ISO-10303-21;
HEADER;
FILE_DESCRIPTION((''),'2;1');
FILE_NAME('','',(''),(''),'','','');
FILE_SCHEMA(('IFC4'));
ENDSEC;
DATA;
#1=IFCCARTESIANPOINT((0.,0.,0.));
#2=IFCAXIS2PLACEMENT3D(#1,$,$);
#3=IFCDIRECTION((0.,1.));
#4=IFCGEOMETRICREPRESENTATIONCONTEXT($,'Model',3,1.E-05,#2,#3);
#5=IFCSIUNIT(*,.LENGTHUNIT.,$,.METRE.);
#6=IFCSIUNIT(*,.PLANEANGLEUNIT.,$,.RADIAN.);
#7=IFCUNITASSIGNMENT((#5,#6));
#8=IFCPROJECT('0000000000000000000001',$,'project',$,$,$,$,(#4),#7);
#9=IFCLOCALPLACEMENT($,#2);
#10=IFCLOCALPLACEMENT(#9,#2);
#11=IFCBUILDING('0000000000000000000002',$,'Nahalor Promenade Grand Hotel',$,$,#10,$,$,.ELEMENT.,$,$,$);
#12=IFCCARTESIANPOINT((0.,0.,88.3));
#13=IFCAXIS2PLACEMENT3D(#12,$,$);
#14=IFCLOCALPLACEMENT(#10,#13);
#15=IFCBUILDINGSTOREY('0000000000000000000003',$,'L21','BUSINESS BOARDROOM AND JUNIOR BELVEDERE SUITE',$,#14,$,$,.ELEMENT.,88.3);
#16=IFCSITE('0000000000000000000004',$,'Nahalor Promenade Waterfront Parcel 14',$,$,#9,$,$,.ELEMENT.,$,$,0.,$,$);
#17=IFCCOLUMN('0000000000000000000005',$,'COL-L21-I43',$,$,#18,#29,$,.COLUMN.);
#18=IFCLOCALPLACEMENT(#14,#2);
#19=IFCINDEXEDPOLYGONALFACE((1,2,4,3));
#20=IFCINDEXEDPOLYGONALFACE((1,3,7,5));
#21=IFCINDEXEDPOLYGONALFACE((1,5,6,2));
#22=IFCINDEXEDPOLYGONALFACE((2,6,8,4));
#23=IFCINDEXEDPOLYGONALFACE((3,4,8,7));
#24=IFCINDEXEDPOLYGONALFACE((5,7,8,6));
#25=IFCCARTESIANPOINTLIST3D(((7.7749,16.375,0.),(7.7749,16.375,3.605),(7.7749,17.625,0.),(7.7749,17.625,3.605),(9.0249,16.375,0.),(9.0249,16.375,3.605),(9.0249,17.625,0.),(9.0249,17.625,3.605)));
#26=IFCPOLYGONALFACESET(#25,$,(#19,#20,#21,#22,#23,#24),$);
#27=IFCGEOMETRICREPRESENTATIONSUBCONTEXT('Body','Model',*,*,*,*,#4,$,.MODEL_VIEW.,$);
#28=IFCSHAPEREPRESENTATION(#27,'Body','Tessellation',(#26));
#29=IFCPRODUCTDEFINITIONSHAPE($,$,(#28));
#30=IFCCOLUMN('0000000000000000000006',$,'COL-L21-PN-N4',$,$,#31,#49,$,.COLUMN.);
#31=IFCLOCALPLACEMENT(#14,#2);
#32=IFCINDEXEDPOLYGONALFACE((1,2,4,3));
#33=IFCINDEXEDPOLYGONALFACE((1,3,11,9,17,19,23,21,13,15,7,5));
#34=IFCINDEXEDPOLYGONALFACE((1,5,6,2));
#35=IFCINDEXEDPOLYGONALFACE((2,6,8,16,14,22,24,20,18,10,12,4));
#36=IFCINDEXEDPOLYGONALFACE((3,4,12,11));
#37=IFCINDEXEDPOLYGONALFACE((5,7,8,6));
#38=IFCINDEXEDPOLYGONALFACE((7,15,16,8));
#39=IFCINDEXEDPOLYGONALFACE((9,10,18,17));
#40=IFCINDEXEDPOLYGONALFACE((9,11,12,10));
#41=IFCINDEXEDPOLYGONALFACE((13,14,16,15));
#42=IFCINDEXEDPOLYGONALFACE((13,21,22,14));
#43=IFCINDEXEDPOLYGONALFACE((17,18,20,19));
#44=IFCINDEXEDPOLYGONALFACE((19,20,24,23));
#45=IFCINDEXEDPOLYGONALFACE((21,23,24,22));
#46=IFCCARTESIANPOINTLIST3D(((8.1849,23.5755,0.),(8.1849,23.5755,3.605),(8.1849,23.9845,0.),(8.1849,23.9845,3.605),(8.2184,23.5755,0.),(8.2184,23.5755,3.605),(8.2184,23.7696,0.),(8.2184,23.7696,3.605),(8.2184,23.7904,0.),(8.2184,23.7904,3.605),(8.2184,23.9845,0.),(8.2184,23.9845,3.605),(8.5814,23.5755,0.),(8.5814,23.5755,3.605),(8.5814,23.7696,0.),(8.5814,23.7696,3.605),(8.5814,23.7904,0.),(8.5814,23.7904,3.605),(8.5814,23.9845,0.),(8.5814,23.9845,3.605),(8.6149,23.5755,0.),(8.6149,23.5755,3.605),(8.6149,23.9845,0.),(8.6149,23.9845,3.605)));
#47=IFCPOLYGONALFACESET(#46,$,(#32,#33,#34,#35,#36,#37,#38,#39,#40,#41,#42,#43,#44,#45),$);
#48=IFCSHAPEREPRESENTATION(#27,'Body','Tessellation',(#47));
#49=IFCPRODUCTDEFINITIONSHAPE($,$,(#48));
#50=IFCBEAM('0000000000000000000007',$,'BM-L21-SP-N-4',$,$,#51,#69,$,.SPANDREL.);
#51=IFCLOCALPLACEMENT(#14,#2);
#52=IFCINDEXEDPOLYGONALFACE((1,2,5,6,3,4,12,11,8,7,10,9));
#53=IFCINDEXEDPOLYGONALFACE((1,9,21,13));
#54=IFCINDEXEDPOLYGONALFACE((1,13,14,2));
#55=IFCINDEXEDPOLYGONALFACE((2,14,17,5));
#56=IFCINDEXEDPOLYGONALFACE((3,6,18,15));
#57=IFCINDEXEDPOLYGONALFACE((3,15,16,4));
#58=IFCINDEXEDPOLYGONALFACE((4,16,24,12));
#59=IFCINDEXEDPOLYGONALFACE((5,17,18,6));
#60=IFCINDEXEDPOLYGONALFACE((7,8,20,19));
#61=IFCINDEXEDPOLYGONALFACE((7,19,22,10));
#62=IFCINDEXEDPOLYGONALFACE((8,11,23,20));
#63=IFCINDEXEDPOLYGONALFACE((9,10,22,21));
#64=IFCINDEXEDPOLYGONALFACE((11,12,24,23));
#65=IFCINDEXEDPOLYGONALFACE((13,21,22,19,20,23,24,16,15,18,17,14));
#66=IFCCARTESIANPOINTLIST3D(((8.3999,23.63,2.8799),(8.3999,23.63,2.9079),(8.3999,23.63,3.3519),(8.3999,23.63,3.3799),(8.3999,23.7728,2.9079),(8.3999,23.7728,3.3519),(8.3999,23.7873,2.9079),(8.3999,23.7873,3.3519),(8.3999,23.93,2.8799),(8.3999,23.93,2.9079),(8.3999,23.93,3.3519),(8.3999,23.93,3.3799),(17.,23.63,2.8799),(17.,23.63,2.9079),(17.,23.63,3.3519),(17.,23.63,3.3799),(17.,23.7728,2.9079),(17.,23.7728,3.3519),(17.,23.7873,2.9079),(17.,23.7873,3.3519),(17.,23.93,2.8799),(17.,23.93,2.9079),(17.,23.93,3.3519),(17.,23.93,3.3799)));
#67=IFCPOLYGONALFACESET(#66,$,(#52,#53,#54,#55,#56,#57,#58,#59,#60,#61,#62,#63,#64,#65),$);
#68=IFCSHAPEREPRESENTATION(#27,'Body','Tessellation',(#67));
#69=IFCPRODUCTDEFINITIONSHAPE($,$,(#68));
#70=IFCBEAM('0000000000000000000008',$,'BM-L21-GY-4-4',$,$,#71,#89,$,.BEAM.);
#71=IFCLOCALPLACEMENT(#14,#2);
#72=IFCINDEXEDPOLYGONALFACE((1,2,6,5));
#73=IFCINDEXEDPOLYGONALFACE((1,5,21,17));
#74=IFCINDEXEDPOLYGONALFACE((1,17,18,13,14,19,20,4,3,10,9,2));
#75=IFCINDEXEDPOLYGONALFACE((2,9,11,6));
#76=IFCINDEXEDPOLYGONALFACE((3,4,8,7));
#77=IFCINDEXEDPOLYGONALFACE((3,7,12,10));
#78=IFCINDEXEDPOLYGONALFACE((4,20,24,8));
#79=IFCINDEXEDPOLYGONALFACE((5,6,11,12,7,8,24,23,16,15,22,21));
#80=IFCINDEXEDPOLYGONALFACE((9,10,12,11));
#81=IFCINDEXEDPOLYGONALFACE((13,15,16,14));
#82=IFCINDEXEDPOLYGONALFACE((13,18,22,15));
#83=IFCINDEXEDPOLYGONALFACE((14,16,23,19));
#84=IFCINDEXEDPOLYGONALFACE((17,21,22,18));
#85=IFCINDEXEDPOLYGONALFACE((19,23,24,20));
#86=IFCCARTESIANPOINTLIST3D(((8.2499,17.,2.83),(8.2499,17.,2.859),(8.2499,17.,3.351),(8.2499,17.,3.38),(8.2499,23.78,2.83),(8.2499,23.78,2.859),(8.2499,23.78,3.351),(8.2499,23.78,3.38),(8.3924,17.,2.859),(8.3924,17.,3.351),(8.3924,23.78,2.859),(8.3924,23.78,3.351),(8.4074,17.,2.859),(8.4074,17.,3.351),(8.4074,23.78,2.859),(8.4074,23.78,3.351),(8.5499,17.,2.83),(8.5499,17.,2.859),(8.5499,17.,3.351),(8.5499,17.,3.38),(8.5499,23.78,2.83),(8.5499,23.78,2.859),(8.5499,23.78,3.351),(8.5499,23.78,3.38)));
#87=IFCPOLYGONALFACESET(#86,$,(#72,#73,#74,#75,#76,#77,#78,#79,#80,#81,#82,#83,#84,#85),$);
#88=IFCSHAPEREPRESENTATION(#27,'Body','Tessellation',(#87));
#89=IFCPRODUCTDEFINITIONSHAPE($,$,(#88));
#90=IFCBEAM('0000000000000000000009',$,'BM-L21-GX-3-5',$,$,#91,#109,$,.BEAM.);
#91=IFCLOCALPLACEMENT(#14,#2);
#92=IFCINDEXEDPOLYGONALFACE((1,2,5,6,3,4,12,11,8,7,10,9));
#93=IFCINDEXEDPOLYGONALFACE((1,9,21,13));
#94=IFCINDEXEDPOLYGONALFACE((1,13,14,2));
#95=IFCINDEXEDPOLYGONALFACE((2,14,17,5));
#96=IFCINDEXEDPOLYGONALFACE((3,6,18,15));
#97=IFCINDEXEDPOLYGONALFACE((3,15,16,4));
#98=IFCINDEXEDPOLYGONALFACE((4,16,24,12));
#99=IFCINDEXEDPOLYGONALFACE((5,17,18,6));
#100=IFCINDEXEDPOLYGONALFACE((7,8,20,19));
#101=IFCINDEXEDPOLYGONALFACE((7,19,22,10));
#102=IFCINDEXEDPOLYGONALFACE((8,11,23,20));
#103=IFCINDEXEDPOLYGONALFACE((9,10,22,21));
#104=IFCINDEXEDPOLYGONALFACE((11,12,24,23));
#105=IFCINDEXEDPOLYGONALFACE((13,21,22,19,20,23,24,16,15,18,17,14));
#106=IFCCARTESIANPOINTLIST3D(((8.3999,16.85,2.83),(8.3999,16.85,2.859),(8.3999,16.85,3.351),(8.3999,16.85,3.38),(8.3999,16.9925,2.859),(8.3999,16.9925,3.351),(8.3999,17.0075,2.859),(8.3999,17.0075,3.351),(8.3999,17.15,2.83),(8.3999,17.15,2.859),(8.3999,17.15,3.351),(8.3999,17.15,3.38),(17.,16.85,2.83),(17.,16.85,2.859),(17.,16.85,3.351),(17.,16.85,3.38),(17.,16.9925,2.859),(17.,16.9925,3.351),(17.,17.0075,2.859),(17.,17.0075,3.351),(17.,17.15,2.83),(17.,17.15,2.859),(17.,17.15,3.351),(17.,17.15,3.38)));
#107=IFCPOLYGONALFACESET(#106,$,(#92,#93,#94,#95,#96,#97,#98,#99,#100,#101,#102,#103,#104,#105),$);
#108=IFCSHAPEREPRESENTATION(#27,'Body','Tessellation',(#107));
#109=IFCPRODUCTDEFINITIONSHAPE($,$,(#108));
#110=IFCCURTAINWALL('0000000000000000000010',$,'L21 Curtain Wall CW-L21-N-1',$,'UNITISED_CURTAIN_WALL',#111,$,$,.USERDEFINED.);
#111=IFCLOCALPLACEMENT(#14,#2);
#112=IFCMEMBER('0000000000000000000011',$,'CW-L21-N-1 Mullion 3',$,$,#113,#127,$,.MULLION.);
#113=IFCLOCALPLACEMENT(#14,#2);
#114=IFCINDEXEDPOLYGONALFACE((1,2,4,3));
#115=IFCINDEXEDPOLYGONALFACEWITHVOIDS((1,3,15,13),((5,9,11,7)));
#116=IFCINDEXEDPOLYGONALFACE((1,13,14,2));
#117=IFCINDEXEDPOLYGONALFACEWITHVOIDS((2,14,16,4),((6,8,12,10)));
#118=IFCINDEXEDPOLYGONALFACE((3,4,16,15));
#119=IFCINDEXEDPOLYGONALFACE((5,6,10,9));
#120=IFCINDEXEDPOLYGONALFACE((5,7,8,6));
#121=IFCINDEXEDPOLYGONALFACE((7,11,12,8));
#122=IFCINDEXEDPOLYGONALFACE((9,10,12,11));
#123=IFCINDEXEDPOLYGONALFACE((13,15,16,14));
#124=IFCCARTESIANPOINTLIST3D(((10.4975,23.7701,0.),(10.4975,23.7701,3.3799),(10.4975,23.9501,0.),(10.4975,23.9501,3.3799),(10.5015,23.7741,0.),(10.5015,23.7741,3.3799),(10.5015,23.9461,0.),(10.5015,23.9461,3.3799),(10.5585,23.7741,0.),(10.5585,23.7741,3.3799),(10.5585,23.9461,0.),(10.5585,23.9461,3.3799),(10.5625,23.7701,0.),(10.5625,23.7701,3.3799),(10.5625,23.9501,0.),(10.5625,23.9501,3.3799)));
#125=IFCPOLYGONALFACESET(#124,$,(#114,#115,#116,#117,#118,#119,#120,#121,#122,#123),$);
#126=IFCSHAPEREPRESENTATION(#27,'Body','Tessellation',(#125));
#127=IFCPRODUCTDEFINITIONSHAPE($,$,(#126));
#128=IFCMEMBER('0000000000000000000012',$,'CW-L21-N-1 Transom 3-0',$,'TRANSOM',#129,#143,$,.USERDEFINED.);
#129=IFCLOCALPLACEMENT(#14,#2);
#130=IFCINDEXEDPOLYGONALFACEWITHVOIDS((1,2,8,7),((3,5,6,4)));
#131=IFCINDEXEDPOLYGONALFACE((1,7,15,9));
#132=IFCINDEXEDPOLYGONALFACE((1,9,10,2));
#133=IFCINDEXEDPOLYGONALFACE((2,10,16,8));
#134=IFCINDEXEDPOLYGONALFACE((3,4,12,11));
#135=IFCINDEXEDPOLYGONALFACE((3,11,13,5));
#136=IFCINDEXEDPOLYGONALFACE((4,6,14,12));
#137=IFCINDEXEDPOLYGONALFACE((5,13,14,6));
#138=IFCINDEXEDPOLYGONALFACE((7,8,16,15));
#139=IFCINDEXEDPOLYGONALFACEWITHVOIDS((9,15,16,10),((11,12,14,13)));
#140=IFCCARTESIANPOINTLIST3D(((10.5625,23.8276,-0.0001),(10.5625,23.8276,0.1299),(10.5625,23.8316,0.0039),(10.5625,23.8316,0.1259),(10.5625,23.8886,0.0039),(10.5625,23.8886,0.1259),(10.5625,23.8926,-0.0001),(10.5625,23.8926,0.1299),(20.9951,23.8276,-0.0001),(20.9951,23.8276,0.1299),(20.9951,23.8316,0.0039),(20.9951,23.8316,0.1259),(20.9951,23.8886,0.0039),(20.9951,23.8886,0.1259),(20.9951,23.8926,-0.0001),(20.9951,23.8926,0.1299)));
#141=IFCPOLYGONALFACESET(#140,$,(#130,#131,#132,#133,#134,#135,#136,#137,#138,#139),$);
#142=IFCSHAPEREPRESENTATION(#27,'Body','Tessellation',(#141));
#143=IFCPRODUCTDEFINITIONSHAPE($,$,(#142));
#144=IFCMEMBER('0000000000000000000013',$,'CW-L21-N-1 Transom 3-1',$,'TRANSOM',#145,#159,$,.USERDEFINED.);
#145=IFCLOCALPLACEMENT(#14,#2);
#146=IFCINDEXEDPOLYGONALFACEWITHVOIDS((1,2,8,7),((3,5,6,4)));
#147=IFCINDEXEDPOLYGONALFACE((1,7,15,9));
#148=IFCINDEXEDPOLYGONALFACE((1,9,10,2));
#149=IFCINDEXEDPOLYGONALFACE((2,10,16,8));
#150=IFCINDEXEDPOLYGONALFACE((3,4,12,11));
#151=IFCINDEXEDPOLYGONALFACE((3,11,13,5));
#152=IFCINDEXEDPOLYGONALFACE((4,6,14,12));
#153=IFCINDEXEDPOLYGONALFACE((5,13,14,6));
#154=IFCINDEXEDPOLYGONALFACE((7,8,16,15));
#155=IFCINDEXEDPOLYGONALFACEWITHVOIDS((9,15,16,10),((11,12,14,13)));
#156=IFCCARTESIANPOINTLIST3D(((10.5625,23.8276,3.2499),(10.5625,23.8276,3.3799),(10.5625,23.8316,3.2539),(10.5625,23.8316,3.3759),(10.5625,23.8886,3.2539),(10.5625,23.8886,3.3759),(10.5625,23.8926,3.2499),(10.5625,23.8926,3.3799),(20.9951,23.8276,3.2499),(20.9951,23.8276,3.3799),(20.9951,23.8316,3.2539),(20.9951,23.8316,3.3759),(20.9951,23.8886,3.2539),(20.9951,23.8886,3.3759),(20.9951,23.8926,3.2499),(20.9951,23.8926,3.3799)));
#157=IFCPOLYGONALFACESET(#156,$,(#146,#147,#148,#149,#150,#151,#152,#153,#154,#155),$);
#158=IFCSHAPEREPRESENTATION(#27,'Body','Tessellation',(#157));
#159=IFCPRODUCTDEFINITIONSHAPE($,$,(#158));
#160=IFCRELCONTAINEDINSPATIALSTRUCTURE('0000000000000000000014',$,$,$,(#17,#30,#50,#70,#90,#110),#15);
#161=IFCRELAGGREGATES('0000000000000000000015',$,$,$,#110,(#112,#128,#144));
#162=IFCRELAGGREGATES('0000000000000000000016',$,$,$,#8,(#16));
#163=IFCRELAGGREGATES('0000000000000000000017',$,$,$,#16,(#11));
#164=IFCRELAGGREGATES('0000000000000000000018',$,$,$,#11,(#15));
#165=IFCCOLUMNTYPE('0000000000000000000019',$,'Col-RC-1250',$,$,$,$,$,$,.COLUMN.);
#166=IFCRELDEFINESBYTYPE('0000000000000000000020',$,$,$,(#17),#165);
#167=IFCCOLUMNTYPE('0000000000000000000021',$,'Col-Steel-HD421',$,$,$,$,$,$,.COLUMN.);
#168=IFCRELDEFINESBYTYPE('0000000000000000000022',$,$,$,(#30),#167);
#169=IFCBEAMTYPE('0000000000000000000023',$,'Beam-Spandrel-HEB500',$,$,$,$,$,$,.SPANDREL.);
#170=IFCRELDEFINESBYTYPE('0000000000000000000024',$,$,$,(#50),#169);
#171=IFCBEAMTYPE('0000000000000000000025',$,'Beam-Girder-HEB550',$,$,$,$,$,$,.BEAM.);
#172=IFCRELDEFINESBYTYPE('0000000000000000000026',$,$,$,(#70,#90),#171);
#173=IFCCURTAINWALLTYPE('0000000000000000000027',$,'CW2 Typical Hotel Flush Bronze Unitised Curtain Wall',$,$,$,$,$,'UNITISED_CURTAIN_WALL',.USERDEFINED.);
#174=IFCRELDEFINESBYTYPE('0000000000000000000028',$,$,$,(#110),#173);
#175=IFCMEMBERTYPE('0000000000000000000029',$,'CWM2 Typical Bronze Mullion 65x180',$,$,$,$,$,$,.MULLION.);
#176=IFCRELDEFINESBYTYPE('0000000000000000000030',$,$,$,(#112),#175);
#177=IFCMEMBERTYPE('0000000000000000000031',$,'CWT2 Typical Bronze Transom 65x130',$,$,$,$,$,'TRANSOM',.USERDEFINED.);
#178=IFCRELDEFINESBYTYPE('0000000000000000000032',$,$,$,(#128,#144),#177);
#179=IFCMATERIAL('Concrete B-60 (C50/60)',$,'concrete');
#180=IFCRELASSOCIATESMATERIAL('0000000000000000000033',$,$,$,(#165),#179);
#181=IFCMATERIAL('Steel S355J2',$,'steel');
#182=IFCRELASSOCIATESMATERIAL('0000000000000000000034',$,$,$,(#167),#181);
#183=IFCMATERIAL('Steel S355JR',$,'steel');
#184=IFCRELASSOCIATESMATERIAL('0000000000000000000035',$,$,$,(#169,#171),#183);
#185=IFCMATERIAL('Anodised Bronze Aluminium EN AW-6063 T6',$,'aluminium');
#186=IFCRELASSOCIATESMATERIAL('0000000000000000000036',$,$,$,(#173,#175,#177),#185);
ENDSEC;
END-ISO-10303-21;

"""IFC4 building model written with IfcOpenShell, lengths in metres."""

from ifc_helpers import new_model, si_unit, direction, frame, origin, origin_2d, place, context, subcontext, project, spatial, rectangle, hollow_rectangle, i_section, extrude, source, transform, mapped, material, material_profile, profile_set, type_object, element, aggregate, save


model = new_model("IFC4")

# Units and contexts
model_context = context("Model", 3, precision=1e-05, world=origin(), true_north=direction((0.0, 1.0)))
body_context = subcontext(model_context, "Body", "Model", "MODEL_VIEW")
ifc_project = project(units=[si_unit("LENGTHUNIT", "METRE"), si_unit("PLANEANGLEUNIT", "RADIAN")], contexts=[model_context])

# Site, building, storey
site_placement = place(None, origin())
site = spatial("IfcSite", under=ifc_project, at=site_placement, Name="Nahalor Promenade Waterfront Parcel 14", CompositionType="ELEMENT", RefElevation=0.0)
building_placement = place(site_placement, origin())
building = spatial("IfcBuilding", under=site, at=building_placement, Name="Nahalor Promenade Grand Hotel", CompositionType="ELEMENT")
storey_placement = place(building_placement, frame((0.0, 0.0, 88.3)))
storey = spatial("IfcBuildingStorey", under=building, at=storey_placement, Name="L21", Description="BUSINESS BOARDROOM AND JUNIOR BELVEDERE SUITE", CompositionType="ELEMENT", Elevation=88.3)

# Columns
ifc_material_1 = material(Name="Concrete B-60 (C50/60)", Category="concrete")
ifc_material_profile_1 = material_profile(ifc_material_1, rectangle(XDim=1.25, YDim=1.25, at=origin_2d()), Name="RC 1250x1250")
ifc_profile_set_1 = profile_set([ifc_material_profile_1], Name="Concrete B-60 (C50/60)")
column_type_1 = type_object("IfcColumnType", Name="Col-RC-1250", PredefinedType="COLUMN", material=ifc_profile_set_1)
shared_shape_1 = source(origin(), body_context, "Body", "SweptSolid", [
    extrude(rectangle(XDim=1.25, YDim=1.25, at=origin_2d()), origin(), (0.0, 0.0, 1.0), 3.605),
])
column_1_placement = place(storey_placement, frame((8.3999, 17.0, 0.0), z_axis=(0.0, 0.0, 1.0), x_axis=(1.0, 0.0, 0.0)))
element("IfcColumn", 1, at=column_1_placement, inside=storey, type_object=column_type_1, Name="COL-L21-I43", PredefinedType="COLUMN", context=body_context, shape_type="MappedRepresentation", body=[
    mapped(shared_shape_1, transform((0.0, 0.0, 0.0), scale=1.0)),
])
ifc_material_2 = material(Name="Steel S355J2", Category="steel")
ifc_material_profile_2 = material_profile(ifc_material_2, i_section(OverallWidth=0.409, OverallDepth=0.43, WebThickness=0.0208, FlangeThickness=0.0335, at=origin_2d()), Name="HD 400x421")
ifc_profile_set_2 = profile_set([ifc_material_profile_2], Name="Steel S355J2")
column_type_2 = type_object("IfcColumnType", Name="Col-Steel-HD421", PredefinedType="COLUMN", material=ifc_profile_set_2)
shared_shape_2 = source(origin(), body_context, "Body", "SweptSolid", [
    extrude(i_section(OverallWidth=0.409, OverallDepth=0.43, WebThickness=0.0208, FlangeThickness=0.0335, at=origin_2d()), origin(), (0.0, 0.0, 1.0), 3.605),
])
column_2_placement = place(storey_placement, frame((8.3999, 23.78, 0.0), z_axis=(0.0, 0.0, 1.0), x_axis=(0.0, 1.0, 0.0)))
element("IfcColumn", 2, at=column_2_placement, inside=storey, type_object=column_type_2, Name="COL-L21-PN-N4", PredefinedType="COLUMN", context=body_context, shape_type="MappedRepresentation", body=[
    mapped(shared_shape_2, transform((0.0, 0.0, 0.0), scale=1.0)),
])

# Beams
ifc_material_3 = material(Name="Steel S355JR", Category="steel")
ifc_material_profile_3 = material_profile(ifc_material_3, i_section(OverallWidth=0.3, OverallDepth=0.5, WebThickness=0.0145, FlangeThickness=0.028, at=origin_2d()), Name="HEB 500")
ifc_profile_set_3 = profile_set([ifc_material_profile_3], Name="Steel S355JR")
beam_type_1 = type_object("IfcBeamType", Name="Beam-Spandrel-HEB500", PredefinedType="SPANDREL", material=ifc_profile_set_3)
shared_shape_3 = source(origin(), body_context, "Body", "SweptSolid", [
    extrude(i_section(OverallWidth=0.3, OverallDepth=0.5, WebThickness=0.0145, FlangeThickness=0.028, at=origin_2d()), origin(), (0.0, 0.0, 1.0), 8.6001),
])
beam_1_placement = place(storey_placement, frame((8.3999, 23.78, 3.1299), z_axis=(1.0, 0.0, 0.0), x_axis=(0.0, 1.0, 0.0)))
element("IfcBeam", 3, at=beam_1_placement, inside=storey, type_object=beam_type_1, Name="BM-L21-SP-N-4", PredefinedType="SPANDREL", context=body_context, shape_type="MappedRepresentation", body=[
    mapped(shared_shape_3, transform((0.0, 0.0, 0.0), scale=1.0)),
])
ifc_material_profile_4 = material_profile(ifc_material_3, i_section(OverallWidth=0.3, OverallDepth=0.55, WebThickness=0.015, FlangeThickness=0.029, at=origin_2d()), Name="HEB 550")
ifc_profile_set_4 = profile_set([ifc_material_profile_4], Name="Steel S355JR")
beam_type_2 = type_object("IfcBeamType", Name="Beam-Girder-HEB550", PredefinedType="BEAM", material=ifc_profile_set_4)
shared_shape_4 = source(origin(), body_context, "Body", "SweptSolid", [
    extrude(i_section(OverallWidth=0.3, OverallDepth=0.55, WebThickness=0.015, FlangeThickness=0.029, at=origin_2d()), origin(), (0.0, 0.0, 1.0), 6.78),
])
beam_2_placement = place(storey_placement, frame((8.3999, 17.0, 3.105), z_axis=(0.0, 1.0, 0.0), x_axis=(-1.0, 0.0, 0.0)))
element("IfcBeam", 4, at=beam_2_placement, inside=storey, type_object=beam_type_2, Name="BM-L21-GY-4-4", PredefinedType="BEAM", context=body_context, shape_type="MappedRepresentation", body=[
    mapped(shared_shape_4, transform((0.0, 0.0, 0.0), scale=1.0)),
])
shared_shape_5 = source(origin(), body_context, "Body", "SweptSolid", [
    extrude(i_section(OverallWidth=0.3, OverallDepth=0.55, WebThickness=0.015, FlangeThickness=0.029, at=origin_2d()), origin(), (0.0, 0.0, 1.0), 8.6001),
])
beam_3_placement = place(storey_placement, frame((8.3999, 17.0, 3.105), z_axis=(1.0, 0.0, 0.0), x_axis=(0.0, 1.0, 0.0)))
element("IfcBeam", 5, at=beam_3_placement, inside=storey, type_object=beam_type_2, Name="BM-L21-GX-3-5", PredefinedType="BEAM", context=body_context, shape_type="MappedRepresentation", body=[
    mapped(shared_shape_5, transform((0.0, 0.0, 0.0), scale=1.0)),
])

# Curtain wall, members
ifc_material_4 = material(Name="Anodised Bronze Aluminium EN AW-6063 T6", Category="aluminium")
curtain_wall_type = type_object("IfcCurtainWallType", Name="CW2 Typical Hotel Flush Bronze Unitised Curtain Wall", ElementType="UNITISED_CURTAIN_WALL", PredefinedType="USERDEFINED", material=ifc_material_4)
curtain_wall_placement = place(storey_placement, origin())
curtain_wall = element("IfcCurtainWall", 6, at=curtain_wall_placement, inside=storey, type_object=curtain_wall_type, Name="L21 Curtain Wall CW-L21-N-1", ObjectType="UNITISED_CURTAIN_WALL", PredefinedType="USERDEFINED")
ifc_material_profile_5 = material_profile(ifc_material_4, hollow_rectangle(XDim=0.065, YDim=0.18, WallThickness=0.004, at=origin_2d()), Name="CWM 65x180x4")
ifc_profile_set_5 = profile_set([ifc_material_profile_5], Name="Anodised Bronze Aluminium EN AW-6063 T6")
member_type_1 = type_object("IfcMemberType", Name="CWM2 Typical Bronze Mullion 65x180", PredefinedType="MULLION", material=ifc_profile_set_5)
shared_shape_6 = source(origin(), body_context, "Body", "SweptSolid", [
    extrude(hollow_rectangle(XDim=0.065, YDim=0.18, WallThickness=0.004, at=origin_2d()), origin(), (0.0, 0.0, 1.0), 3.3799),
])
member_1_placement = place(storey_placement, frame((10.53, 23.8601, 0.0), z_axis=(0.0, 0.0, 1.0), x_axis=(1.0, 0.0, 0.0)))
member_1 = element("IfcMember", 7, at=member_1_placement, type_object=member_type_1, Name="CW-L21-N-1 Mullion 3", PredefinedType="MULLION", context=body_context, shape_type="MappedRepresentation", body=[
    mapped(shared_shape_6, transform((0.0, 0.0, 0.0), scale=1.0)),
])
ifc_material_profile_6 = material_profile(ifc_material_4, hollow_rectangle(XDim=0.065, YDim=0.13, WallThickness=0.004, at=origin_2d()), Name="CWT 65x130x4")
ifc_profile_set_6 = profile_set([ifc_material_profile_6], Name="Anodised Bronze Aluminium EN AW-6063 T6")
member_type_2 = type_object("IfcMemberType", Name="CWT2 Typical Bronze Transom 65x130", ElementType="TRANSOM", PredefinedType="USERDEFINED", material=ifc_profile_set_6)
shared_shape_7 = source(origin(), body_context, "Body", "SweptSolid", [
    extrude(hollow_rectangle(XDim=0.065, YDim=0.13, WallThickness=0.004, at=origin_2d()), origin(), (0.0, 0.0, 1.0), 10.4326),
])
member_2_placement = place(storey_placement, frame((10.5625, 23.8601, 0.0649), z_axis=(1.0, 0.0, 0.0), x_axis=(0.0, 1.0, 0.0)))
member_2 = element("IfcMember", 8, at=member_2_placement, type_object=member_type_2, Name="CW-L21-N-1 Transom 3-0", ObjectType="TRANSOM", PredefinedType="USERDEFINED", context=body_context, shape_type="MappedRepresentation", body=[
    mapped(shared_shape_7, transform((0.0, 0.0, 0.0), scale=1.0)),
])
member_3_placement = place(storey_placement, frame((10.5625, 23.8601, 3.3149), z_axis=(1.0, 0.0, 0.0), x_axis=(0.0, 1.0, 0.0)))
member_3 = element("IfcMember", 9, at=member_3_placement, type_object=member_type_2, Name="CW-L21-N-1 Transom 3-1", ObjectType="TRANSOM", PredefinedType="USERDEFINED", context=body_context, shape_type="MappedRepresentation", body=[
    mapped(shared_shape_7, transform((0.0, 0.0, 0.0), scale=1.0)),
])
aggregate(curtain_wall, [member_1, member_2, member_3])

save(model, "model.ifc")
